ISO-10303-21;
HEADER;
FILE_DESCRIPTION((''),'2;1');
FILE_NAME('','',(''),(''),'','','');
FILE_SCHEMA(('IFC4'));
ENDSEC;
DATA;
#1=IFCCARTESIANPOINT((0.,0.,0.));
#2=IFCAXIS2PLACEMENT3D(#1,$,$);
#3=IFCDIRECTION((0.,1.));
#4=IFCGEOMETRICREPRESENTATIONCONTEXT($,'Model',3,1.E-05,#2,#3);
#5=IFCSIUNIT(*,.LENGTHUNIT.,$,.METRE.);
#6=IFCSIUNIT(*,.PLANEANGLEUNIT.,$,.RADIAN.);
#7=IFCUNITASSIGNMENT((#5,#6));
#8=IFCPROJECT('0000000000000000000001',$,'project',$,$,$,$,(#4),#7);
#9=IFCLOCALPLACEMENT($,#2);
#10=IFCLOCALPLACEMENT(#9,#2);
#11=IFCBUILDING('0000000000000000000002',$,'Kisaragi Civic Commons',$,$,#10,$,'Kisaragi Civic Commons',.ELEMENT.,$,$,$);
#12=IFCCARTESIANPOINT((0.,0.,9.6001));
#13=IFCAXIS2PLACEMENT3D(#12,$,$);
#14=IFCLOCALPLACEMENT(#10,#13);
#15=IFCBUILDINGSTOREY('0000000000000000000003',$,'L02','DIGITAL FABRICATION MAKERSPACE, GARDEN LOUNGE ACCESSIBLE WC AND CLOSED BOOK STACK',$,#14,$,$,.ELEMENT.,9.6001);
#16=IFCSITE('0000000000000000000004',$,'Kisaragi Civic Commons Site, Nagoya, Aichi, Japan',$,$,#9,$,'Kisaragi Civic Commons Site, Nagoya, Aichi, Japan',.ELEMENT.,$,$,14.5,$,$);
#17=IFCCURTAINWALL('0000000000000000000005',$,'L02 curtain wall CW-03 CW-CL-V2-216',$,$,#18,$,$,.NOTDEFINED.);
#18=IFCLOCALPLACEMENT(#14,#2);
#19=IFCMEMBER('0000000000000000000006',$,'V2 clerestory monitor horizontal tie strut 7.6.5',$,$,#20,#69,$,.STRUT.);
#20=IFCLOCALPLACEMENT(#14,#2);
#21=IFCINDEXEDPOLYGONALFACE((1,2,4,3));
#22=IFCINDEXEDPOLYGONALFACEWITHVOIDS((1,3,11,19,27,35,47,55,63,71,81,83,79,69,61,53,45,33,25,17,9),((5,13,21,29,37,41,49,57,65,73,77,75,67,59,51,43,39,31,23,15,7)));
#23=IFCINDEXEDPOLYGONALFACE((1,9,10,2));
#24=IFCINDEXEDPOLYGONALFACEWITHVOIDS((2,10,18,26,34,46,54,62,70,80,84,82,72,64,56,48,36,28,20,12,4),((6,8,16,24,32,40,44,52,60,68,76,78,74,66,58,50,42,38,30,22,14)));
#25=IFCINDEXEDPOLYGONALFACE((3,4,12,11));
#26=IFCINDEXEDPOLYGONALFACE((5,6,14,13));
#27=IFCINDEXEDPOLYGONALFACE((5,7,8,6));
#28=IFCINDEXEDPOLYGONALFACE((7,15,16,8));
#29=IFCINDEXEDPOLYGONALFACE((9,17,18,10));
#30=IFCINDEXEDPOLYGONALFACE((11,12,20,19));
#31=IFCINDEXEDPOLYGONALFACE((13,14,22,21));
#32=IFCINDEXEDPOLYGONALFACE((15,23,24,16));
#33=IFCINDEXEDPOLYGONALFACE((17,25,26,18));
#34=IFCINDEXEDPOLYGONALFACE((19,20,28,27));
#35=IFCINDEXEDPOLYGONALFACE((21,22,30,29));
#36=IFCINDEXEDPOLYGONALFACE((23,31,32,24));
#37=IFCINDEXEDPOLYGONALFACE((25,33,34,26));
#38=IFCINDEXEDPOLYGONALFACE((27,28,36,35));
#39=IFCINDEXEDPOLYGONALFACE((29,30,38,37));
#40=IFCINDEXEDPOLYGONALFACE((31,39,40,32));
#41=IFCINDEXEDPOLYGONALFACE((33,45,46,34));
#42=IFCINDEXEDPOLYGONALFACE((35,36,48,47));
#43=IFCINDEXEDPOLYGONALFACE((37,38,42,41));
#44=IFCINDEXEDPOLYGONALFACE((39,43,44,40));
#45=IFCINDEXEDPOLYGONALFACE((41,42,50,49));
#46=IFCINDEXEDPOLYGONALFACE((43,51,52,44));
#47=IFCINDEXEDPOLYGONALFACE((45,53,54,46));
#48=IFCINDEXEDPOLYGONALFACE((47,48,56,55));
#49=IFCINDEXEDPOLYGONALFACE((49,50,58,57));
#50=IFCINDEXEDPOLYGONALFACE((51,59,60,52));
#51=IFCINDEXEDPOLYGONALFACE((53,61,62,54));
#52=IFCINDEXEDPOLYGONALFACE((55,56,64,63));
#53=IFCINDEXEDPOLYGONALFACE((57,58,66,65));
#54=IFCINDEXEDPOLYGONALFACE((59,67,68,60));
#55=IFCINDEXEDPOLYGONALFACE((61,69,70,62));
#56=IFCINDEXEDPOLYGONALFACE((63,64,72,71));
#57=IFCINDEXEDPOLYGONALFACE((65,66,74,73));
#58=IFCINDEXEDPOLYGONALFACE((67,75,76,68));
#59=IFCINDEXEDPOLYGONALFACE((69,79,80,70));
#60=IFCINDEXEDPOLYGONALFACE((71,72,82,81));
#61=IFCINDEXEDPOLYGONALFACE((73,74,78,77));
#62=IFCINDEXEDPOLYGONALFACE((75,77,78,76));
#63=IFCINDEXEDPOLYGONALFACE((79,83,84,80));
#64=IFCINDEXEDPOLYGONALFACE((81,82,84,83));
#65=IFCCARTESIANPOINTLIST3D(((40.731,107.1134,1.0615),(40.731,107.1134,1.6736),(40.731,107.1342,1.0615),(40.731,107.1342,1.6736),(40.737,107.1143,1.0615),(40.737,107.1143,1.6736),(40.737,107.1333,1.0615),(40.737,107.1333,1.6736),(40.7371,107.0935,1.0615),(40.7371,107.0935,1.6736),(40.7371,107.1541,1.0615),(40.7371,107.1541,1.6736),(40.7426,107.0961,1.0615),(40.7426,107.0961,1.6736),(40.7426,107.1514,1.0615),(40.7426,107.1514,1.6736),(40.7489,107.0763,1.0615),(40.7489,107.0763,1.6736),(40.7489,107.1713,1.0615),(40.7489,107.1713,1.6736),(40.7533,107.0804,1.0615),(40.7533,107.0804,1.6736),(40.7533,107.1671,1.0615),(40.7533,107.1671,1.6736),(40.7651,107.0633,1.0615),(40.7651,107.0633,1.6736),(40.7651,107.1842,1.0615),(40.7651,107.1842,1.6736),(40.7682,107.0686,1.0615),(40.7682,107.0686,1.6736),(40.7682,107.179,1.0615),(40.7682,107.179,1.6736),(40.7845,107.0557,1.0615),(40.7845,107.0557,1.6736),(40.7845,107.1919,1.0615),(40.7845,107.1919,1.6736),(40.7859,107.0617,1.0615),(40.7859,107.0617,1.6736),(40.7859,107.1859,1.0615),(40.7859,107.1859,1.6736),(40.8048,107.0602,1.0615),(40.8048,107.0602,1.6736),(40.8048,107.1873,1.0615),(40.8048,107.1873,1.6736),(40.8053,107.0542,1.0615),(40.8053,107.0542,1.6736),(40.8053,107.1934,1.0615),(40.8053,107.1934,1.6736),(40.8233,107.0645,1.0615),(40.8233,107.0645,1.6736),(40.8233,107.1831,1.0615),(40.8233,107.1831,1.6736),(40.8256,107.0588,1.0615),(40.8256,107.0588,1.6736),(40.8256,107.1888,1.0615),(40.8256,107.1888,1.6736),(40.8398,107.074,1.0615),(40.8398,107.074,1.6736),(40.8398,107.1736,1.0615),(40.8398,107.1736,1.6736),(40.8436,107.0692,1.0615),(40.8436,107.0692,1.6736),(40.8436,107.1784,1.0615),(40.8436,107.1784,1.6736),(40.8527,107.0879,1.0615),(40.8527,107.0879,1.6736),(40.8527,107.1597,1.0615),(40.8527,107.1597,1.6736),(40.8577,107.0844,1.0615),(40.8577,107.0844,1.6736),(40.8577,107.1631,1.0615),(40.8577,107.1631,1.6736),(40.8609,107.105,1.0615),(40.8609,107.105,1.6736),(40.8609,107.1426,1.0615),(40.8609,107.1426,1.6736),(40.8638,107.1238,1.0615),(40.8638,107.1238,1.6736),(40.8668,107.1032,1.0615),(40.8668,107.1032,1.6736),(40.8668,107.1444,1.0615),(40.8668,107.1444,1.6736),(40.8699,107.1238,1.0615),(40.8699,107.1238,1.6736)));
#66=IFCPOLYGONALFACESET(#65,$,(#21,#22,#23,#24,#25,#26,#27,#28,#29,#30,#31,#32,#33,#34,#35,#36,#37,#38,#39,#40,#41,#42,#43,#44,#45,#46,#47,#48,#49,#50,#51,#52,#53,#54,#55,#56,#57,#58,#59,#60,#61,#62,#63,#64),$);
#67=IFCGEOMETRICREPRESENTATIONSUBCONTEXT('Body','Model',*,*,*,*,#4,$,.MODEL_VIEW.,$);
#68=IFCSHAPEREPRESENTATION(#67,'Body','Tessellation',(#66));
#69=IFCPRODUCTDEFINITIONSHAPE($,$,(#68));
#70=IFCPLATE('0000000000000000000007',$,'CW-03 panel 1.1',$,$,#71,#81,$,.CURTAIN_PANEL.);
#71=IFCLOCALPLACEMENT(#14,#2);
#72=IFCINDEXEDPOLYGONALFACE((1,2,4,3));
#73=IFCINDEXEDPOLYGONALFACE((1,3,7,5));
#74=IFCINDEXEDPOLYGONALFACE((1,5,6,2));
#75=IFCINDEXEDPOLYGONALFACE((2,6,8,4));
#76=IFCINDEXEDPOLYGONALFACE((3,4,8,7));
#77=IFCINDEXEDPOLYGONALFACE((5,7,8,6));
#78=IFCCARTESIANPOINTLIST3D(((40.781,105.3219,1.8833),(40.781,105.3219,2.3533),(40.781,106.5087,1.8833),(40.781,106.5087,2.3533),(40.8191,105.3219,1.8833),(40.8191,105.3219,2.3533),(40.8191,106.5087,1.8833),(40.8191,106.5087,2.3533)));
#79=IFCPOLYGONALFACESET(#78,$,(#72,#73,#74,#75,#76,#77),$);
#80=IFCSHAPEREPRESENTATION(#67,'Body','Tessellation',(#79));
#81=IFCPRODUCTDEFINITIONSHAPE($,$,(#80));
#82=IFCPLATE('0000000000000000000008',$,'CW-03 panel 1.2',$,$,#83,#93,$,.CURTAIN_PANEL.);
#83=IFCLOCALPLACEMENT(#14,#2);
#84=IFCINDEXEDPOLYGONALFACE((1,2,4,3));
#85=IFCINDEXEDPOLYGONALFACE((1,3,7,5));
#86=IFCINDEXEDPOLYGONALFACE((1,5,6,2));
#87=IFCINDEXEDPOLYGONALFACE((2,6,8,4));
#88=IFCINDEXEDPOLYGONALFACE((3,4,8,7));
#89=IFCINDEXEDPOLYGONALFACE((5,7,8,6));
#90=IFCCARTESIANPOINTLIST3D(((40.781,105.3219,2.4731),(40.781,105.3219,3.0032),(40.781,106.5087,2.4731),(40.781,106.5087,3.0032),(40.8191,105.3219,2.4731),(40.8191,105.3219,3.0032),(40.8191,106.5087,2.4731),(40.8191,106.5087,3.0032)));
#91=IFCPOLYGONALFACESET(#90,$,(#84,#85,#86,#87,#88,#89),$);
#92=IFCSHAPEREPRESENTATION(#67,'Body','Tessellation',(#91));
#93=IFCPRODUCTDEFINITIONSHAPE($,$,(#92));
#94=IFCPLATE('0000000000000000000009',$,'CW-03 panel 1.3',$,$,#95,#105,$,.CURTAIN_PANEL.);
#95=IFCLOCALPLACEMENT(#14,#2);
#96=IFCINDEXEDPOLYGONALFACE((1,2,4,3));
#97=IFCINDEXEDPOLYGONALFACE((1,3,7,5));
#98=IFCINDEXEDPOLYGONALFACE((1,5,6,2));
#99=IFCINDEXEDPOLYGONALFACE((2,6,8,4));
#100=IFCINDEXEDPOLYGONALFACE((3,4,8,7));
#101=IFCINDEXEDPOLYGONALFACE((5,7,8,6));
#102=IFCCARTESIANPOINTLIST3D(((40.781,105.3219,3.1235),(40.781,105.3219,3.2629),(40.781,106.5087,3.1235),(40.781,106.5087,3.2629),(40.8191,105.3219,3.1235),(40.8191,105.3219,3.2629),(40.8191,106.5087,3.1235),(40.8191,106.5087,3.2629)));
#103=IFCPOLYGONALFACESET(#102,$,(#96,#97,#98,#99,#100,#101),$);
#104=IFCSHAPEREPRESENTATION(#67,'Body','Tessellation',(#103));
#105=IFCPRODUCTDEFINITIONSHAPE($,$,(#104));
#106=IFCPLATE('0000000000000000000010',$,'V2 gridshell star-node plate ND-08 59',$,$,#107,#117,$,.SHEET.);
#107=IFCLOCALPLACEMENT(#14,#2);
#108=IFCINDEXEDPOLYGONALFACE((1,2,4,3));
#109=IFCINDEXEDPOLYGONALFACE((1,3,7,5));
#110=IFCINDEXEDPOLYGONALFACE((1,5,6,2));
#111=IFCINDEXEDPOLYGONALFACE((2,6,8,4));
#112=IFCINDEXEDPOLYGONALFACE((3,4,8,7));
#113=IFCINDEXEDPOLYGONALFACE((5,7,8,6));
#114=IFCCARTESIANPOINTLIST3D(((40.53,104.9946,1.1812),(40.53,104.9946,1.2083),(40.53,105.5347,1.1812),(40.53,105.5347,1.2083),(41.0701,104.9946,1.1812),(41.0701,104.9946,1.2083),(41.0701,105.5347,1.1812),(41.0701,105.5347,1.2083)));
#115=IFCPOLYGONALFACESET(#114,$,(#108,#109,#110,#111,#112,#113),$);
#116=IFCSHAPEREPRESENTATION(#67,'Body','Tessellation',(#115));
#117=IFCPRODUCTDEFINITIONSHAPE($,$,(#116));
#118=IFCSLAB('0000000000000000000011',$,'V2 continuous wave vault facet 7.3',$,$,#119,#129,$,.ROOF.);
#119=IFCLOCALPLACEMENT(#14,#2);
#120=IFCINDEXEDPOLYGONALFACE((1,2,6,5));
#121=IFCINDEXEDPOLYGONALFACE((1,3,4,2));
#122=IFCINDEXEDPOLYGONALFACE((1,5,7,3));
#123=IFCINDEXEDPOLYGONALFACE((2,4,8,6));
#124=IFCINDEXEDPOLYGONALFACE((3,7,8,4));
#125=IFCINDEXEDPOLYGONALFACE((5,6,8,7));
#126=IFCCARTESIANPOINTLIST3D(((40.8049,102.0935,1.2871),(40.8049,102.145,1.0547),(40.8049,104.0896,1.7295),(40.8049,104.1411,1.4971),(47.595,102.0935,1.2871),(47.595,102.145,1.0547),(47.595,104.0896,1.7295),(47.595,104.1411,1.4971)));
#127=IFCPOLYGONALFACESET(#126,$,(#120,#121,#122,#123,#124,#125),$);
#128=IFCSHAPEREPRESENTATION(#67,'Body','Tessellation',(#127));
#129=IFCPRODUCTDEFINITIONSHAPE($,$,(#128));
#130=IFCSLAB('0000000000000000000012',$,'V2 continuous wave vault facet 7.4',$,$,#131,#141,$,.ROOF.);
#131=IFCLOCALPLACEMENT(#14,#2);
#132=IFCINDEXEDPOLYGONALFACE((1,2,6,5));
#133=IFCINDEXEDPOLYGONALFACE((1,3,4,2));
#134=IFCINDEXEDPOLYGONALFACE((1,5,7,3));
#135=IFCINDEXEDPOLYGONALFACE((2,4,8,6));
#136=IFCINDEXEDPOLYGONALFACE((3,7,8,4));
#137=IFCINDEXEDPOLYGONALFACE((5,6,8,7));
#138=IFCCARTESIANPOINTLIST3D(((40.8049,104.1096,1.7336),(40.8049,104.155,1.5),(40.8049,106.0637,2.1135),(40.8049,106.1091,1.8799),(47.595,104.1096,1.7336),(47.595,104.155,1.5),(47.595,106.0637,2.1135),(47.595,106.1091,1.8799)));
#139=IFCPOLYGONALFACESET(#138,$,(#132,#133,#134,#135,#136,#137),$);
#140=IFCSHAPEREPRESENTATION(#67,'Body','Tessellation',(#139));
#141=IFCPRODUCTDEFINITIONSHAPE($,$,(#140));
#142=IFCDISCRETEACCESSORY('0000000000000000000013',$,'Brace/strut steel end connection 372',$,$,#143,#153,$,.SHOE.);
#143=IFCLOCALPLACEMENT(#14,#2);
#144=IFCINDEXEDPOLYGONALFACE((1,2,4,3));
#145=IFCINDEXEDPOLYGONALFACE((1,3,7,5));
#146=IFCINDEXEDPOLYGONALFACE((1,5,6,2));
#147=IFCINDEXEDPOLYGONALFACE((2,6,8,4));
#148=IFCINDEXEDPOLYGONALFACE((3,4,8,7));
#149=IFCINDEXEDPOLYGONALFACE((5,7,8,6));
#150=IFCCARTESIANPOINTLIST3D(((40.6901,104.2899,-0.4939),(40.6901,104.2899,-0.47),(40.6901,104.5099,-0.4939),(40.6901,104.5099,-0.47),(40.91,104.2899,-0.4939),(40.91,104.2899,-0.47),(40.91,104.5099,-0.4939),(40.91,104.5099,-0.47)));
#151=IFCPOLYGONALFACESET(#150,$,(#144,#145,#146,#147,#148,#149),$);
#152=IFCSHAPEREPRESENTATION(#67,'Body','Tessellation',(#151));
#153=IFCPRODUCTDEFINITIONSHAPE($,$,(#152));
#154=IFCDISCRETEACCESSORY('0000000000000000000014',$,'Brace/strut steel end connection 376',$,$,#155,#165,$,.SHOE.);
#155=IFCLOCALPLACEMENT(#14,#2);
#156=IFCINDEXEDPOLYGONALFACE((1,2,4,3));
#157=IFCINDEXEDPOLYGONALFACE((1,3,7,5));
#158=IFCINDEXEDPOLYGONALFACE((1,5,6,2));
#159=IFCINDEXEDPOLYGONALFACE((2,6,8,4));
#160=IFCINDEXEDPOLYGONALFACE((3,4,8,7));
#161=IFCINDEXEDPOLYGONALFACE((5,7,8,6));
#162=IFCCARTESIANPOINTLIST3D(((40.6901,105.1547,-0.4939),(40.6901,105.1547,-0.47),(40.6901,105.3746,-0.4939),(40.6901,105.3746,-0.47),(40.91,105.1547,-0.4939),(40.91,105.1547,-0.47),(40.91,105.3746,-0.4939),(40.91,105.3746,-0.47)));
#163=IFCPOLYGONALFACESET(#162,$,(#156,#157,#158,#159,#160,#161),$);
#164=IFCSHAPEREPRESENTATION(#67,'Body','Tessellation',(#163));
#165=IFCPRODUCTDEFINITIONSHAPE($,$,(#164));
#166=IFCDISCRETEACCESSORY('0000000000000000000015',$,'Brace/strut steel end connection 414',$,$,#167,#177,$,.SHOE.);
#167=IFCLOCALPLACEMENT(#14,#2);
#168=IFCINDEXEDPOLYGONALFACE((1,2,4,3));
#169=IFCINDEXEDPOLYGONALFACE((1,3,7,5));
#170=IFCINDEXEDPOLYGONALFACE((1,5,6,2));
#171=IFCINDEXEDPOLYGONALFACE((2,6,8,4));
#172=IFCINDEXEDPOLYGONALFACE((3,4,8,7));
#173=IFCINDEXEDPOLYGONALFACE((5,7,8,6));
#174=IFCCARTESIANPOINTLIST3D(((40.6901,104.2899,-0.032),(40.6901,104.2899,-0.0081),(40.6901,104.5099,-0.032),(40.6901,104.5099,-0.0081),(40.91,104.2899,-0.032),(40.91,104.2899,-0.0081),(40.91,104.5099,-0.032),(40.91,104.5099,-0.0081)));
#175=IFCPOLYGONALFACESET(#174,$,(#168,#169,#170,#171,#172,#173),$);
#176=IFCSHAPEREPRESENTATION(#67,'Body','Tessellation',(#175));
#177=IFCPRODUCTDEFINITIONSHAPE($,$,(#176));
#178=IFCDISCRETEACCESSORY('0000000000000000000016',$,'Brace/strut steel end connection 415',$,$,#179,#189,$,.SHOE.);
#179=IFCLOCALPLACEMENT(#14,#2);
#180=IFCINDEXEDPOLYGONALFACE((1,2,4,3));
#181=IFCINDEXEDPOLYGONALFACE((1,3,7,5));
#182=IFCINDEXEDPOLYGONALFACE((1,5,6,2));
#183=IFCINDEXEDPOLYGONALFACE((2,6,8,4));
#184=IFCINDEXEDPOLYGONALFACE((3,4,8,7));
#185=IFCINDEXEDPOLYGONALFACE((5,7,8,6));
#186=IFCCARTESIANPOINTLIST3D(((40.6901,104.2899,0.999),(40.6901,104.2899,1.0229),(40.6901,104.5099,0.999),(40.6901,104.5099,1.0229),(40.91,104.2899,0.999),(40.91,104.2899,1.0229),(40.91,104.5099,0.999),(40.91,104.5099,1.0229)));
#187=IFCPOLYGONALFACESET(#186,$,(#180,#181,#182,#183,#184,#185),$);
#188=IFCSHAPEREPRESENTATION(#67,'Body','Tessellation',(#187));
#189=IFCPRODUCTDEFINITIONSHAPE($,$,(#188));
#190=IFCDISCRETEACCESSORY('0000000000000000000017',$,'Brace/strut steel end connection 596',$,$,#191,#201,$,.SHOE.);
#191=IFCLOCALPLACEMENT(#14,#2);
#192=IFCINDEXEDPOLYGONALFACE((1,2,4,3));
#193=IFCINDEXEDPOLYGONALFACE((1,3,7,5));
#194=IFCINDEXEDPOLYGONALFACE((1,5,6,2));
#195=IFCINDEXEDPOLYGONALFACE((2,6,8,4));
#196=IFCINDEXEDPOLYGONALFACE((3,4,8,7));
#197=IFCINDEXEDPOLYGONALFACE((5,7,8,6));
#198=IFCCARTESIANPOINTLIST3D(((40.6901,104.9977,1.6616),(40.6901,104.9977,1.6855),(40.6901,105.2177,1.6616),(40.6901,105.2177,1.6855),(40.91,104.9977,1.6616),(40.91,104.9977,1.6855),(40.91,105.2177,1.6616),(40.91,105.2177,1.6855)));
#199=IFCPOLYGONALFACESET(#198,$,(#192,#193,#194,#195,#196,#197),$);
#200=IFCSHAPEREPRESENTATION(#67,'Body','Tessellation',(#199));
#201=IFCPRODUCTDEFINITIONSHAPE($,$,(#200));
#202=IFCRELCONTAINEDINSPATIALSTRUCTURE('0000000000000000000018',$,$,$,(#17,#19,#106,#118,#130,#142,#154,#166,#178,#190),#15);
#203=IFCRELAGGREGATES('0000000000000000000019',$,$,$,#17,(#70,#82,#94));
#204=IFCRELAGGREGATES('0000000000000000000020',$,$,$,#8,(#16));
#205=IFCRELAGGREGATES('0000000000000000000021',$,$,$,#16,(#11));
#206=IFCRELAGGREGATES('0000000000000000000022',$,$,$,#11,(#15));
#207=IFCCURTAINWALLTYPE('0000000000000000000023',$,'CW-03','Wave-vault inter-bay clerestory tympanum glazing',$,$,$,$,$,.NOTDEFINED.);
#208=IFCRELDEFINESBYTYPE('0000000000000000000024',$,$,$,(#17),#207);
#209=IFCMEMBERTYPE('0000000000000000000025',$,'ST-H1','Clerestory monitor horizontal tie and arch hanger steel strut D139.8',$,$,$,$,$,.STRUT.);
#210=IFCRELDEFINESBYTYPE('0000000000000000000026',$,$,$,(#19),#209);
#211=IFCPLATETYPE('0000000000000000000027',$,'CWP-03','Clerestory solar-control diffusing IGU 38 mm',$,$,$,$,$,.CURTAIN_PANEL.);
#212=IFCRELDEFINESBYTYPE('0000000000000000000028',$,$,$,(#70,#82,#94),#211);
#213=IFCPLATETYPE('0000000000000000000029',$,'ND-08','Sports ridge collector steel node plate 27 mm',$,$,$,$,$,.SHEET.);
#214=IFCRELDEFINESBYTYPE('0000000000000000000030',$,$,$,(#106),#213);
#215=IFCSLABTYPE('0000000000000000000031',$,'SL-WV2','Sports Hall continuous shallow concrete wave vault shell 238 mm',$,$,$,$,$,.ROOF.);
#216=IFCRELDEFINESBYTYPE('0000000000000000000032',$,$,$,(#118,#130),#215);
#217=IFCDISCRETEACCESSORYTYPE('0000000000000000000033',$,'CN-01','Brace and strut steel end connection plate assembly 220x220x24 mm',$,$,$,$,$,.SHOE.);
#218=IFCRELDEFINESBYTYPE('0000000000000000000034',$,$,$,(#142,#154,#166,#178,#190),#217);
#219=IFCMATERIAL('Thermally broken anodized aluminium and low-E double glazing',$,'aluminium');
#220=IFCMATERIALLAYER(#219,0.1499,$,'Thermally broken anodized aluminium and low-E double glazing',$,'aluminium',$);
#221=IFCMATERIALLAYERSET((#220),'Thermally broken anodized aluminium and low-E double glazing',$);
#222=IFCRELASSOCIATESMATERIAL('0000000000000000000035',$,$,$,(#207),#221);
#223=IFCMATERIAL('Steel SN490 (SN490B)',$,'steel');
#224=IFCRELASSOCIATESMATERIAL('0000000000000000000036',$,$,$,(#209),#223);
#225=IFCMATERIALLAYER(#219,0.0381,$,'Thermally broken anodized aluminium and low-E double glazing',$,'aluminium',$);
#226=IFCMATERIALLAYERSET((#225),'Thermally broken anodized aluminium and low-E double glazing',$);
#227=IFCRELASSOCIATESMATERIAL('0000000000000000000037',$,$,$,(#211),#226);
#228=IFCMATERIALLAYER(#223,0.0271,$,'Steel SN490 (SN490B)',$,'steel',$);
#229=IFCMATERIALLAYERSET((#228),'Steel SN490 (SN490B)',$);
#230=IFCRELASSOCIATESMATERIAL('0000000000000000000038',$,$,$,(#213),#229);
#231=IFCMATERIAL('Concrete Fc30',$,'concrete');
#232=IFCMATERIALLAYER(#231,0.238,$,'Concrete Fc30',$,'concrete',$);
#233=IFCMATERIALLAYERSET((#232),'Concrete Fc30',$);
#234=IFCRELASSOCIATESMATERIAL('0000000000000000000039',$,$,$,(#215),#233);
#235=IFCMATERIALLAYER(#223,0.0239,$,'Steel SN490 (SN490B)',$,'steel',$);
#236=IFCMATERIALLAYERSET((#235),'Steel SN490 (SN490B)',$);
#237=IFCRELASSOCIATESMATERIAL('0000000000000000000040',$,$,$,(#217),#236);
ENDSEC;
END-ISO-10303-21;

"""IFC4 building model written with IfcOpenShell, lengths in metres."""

from ifc_helpers import new_model, si_unit, direction, frame, origin, origin_2d, place, context, subcontext, project, spatial, polyline, rectangle, hollow_circle, outline, extrude, material, layer, layer_set, material_profile, profile_set, type_object, element, aggregate, save


model = new_model("IFC4")

# Units and contexts
model_context = context("Model", 3, precision=1e-05, world=origin(), true_north=direction((0.0, 1.0)))
body_context = subcontext(model_context, "Body", "Model", "MODEL_VIEW")
ifc_project = project(units=[si_unit("LENGTHUNIT", "METRE"), si_unit("PLANEANGLEUNIT", "RADIAN")], contexts=[model_context])

# Site, building, storey
site_placement = place(None, origin())
site = spatial("IfcSite", under=ifc_project, at=site_placement, Name="Kisaragi Civic Commons Site, Nagoya, Aichi, Japan", LongName="Kisaragi Civic Commons Site, Nagoya, Aichi, Japan", CompositionType="ELEMENT", RefElevation=14.5)
building_placement = place(site_placement, origin())
building = spatial("IfcBuilding", under=site, at=building_placement, Name="Kisaragi Civic Commons", LongName="Kisaragi Civic Commons", CompositionType="ELEMENT")
storey_placement = place(building_placement, frame((0.0, 0.0, 9.6001)))
storey = spatial("IfcBuildingStorey", under=building, at=storey_placement, Name="L02", Description="DIGITAL FABRICATION MAKERSPACE, GARDEN LOUNGE ACCESSIBLE WC AND CLOSED BOOK STACK", CompositionType="ELEMENT", Elevation=9.6001)

# Curtain wall
ifc_material_1 = material(Name="Thermally broken anodized aluminium and low-E double glazing", Category="aluminium")
ifc_layer_1 = layer(ifc_material_1, 0.1499, Name="Thermally broken anodized aluminium and low-E double glazing", Category="aluminium")
ifc_layer_set_1 = layer_set([ifc_layer_1], Name="Thermally broken anodized aluminium and low-E double glazing")
curtain_wall_type = type_object("IfcCurtainWallType", Name="CW-03", Description="Wave-vault inter-bay clerestory tympanum glazing", PredefinedType="NOTDEFINED", material=ifc_layer_set_1)
curtain_wall_placement = place(storey_placement, origin())
curtain_wall = element("IfcCurtainWall", 1, at=curtain_wall_placement, inside=storey, type_object=curtain_wall_type, Name="L02 curtain wall CW-03 CW-CL-V2-216", PredefinedType="NOTDEFINED")

# Member
ifc_material_2 = material(Name="Steel SN490 (SN490B)", Category="steel")
ifc_material_profile_1 = material_profile(ifc_material_2, hollow_circle(Radius=0.0698, WallThickness=0.0061, at=origin_2d()), Name="CHS-139.8x6.0", Category="steel")
ifc_profile_set_1 = profile_set([ifc_material_profile_1], Name="Steel SN490 (SN490B)")
member_type_1 = type_object("IfcMemberType", Name="ST-H1", Description="Clerestory monitor horizontal tie and arch hanger steel strut D139.8", PredefinedType="STRUT", material=ifc_profile_set_1)
member_1_placement = place(storey_placement, frame((40.8, 107.1238, 1.0615), z_axis=(0.0, 0.0, 1.0), x_axis=(1.0, 0.0, 0.0)))
element("IfcMember", 2, at=member_1_placement, inside=storey, type_object=member_type_1, Name="V2 clerestory monitor horizontal tie strut 7.6.5", PredefinedType="STRUT", context=body_context, shape_type="SweptSolid", body=[
    extrude(hollow_circle(Radius=0.0698, WallThickness=0.0061, at=origin_2d()), origin(), (0.0, 0.0, 1.0), 0.6121),
])

# Plates
ifc_layer_2 = layer(ifc_material_1, 0.0381, Name="Thermally broken anodized aluminium and low-E double glazing", Category="aluminium")
ifc_layer_set_2 = layer_set([ifc_layer_2], Name="Thermally broken anodized aluminium and low-E double glazing")
plate_type_1 = type_object("IfcPlateType", Name="CWP-03", Description="Clerestory solar-control diffusing IGU 38 mm", PredefinedType="CURTAIN_PANEL", material=ifc_layer_set_2)
plate_1_placement = place(storey_placement, frame((40.8, 105.9153, 1.8833), z_axis=(0.0, 0.0, 1.0), x_axis=(0.0, 1.0, 0.0)))
plate_1 = element("IfcPlate", 3, at=plate_1_placement, type_object=plate_type_1, Name="CW-03 panel 1.1", PredefinedType="CURTAIN_PANEL", context=body_context, shape_type="SweptSolid", body=[
    extrude(rectangle(XDim=1.1868, YDim=0.0381, at=origin_2d()), origin(), (0.0, 0.0, 1.0), 0.47),
])
plate_2_placement = place(storey_placement, frame((40.8, 105.9153, 2.4731), z_axis=(0.0, 0.0, 1.0), x_axis=(0.0, 1.0, 0.0)))
plate_2 = element("IfcPlate", 4, at=plate_2_placement, type_object=plate_type_1, Name="CW-03 panel 1.2", PredefinedType="CURTAIN_PANEL", context=body_context, shape_type="SweptSolid", body=[
    extrude(rectangle(XDim=1.1868, YDim=0.0381, at=origin_2d()), origin(), (0.0, 0.0, 1.0), 0.53),
])
plate_3_placement = place(storey_placement, frame((40.8, 105.9153, 3.1235), z_axis=(0.0, 0.0, 1.0), x_axis=(0.0, 1.0, 0.0)))
plate_3 = element("IfcPlate", 5, at=plate_3_placement, type_object=plate_type_1, Name="CW-03 panel 1.3", PredefinedType="CURTAIN_PANEL", context=body_context, shape_type="SweptSolid", body=[
    extrude(rectangle(XDim=1.1868, YDim=0.0381, at=origin_2d()), origin(), (0.0, 0.0, 1.0), 0.1394),
])
aggregate(curtain_wall, [plate_1, plate_2, plate_3])
ifc_layer_3 = layer(ifc_material_2, 0.0271, Name="Steel SN490 (SN490B)", Category="steel")
ifc_layer_set_3 = layer_set([ifc_layer_3], Name="Steel SN490 (SN490B)")
plate_type_2 = type_object("IfcPlateType", Name="ND-08", Description="Sports ridge collector steel node plate 27 mm", PredefinedType="SHEET", material=ifc_layer_set_3)
plate_4_placement = place(storey_placement, frame((40.8, 105.2646, 1.1812), z_axis=(0.0, 0.0, 1.0), x_axis=(1.0, 0.0, 0.0)))
element("IfcPlate", 6, at=plate_4_placement, inside=storey, type_object=plate_type_2, Name="V2 gridshell star-node plate ND-08 59", PredefinedType="SHEET", context=body_context, shape_type="SweptSolid", body=[
    extrude(rectangle(XDim=0.54, YDim=0.54, at=origin_2d()), origin(), (0.0, 0.0, 1.0), 0.0271),
])

# Slabs
ifc_material_3 = material(Name="Concrete Fc30", Category="concrete")
ifc_layer_4 = layer(ifc_material_3, 0.238, Name="Concrete Fc30", Category="concrete")
ifc_layer_set_4 = layer_set([ifc_layer_4], Name="Concrete Fc30")
slab_type = type_object("IfcSlabType", Name="SL-WV2", Description="Sports Hall continuous shallow concrete wave vault shell 238 mm", PredefinedType="ROOF", material=ifc_layer_set_4)
slab_1_placement = place(storey_placement, frame((47.595, 104.0896, 1.7295), z_axis=(0.0, -0.216374, 0.976311), x_axis=(-1.0, 0.0, 0.0)))
element("IfcSlab", 7, at=slab_1_placement, inside=storey, type_object=slab_type, Name="V2 continuous wave vault facet 7.3", PredefinedType="ROOF", context=body_context, shape_type="SweptSolid", body=[
    extrude(outline(polyline([(0.0, 0.0), (6.79, 0.0), (6.79, 2.0445), (0.0, 2.0445), (0.0, 0.0)])), origin(), (0.0, 0.0, -1.0), 0.238),
])
slab_2_placement = place(storey_placement, frame((47.595, 106.0637, 2.1135), z_axis=(0.0, -0.19083, 0.981623), x_axis=(-1.0, 0.0, 0.0)))
element("IfcSlab", 8, at=slab_2_placement, inside=storey, type_object=slab_type, Name="V2 continuous wave vault facet 7.4", PredefinedType="ROOF", context=body_context, shape_type="SweptSolid", body=[
    extrude(outline(polyline([(0.0, 0.0), (6.79, 0.0), (6.79, 1.9907), (0.0, 1.9907), (0.0, 0.0)])), origin(), (0.0, 0.0, -1.0), 0.238),
])

# Discrete accessories
ifc_layer_5 = layer(ifc_material_2, 0.0239, Name="Steel SN490 (SN490B)", Category="steel")
ifc_layer_set_5 = layer_set([ifc_layer_5], Name="Steel SN490 (SN490B)")
discrete_accessory_type = type_object("IfcDiscreteAccessoryType", Name="CN-01", Description="Brace and strut steel end connection plate assembly 220x220x24 mm", PredefinedType="SHOE", material=ifc_layer_set_5)
for number, where, z_axis, x_axis, name in (
    (9, (40.8, 104.3999, -0.4939), (0.0, 0.0, 1.0), (1.0, 0.0, 0.0), "Brace/strut steel end connection 372"),
    (10, (40.8, 105.2646, -0.4939), (0.0, 0.0, 1.0), (1.0, 0.0, 0.0), "Brace/strut steel end connection 376"),
    (11, (40.8, 104.3999, -0.032), (0.0, 0.0, 1.0), (1.0, 0.0, 0.0), "Brace/strut steel end connection 414"),
    (12, (40.8, 104.3999, 0.999), (0.0, 0.0, 1.0), (1.0, 0.0, 0.0), "Brace/strut steel end connection 415"),
    (13, (40.8, 105.1077, 1.6616), (0.0, 0.0, 1.0), (1.0, 0.0, 0.0), "Brace/strut steel end connection 596"),
):
    element("IfcDiscreteAccessory", number, at=place(storey_placement, frame(where, z_axis=z_axis, x_axis=x_axis)), inside=storey, type_object=discrete_accessory_type, Name=name, PredefinedType="SHOE", context=body_context, shape_type="SweptSolid", body=[
        extrude(rectangle(XDim=0.22, YDim=0.22, at=origin_2d()), origin(), (0.0, 0.0, 1.0), 0.0239),
    ])

save(model, "model.ifc")
